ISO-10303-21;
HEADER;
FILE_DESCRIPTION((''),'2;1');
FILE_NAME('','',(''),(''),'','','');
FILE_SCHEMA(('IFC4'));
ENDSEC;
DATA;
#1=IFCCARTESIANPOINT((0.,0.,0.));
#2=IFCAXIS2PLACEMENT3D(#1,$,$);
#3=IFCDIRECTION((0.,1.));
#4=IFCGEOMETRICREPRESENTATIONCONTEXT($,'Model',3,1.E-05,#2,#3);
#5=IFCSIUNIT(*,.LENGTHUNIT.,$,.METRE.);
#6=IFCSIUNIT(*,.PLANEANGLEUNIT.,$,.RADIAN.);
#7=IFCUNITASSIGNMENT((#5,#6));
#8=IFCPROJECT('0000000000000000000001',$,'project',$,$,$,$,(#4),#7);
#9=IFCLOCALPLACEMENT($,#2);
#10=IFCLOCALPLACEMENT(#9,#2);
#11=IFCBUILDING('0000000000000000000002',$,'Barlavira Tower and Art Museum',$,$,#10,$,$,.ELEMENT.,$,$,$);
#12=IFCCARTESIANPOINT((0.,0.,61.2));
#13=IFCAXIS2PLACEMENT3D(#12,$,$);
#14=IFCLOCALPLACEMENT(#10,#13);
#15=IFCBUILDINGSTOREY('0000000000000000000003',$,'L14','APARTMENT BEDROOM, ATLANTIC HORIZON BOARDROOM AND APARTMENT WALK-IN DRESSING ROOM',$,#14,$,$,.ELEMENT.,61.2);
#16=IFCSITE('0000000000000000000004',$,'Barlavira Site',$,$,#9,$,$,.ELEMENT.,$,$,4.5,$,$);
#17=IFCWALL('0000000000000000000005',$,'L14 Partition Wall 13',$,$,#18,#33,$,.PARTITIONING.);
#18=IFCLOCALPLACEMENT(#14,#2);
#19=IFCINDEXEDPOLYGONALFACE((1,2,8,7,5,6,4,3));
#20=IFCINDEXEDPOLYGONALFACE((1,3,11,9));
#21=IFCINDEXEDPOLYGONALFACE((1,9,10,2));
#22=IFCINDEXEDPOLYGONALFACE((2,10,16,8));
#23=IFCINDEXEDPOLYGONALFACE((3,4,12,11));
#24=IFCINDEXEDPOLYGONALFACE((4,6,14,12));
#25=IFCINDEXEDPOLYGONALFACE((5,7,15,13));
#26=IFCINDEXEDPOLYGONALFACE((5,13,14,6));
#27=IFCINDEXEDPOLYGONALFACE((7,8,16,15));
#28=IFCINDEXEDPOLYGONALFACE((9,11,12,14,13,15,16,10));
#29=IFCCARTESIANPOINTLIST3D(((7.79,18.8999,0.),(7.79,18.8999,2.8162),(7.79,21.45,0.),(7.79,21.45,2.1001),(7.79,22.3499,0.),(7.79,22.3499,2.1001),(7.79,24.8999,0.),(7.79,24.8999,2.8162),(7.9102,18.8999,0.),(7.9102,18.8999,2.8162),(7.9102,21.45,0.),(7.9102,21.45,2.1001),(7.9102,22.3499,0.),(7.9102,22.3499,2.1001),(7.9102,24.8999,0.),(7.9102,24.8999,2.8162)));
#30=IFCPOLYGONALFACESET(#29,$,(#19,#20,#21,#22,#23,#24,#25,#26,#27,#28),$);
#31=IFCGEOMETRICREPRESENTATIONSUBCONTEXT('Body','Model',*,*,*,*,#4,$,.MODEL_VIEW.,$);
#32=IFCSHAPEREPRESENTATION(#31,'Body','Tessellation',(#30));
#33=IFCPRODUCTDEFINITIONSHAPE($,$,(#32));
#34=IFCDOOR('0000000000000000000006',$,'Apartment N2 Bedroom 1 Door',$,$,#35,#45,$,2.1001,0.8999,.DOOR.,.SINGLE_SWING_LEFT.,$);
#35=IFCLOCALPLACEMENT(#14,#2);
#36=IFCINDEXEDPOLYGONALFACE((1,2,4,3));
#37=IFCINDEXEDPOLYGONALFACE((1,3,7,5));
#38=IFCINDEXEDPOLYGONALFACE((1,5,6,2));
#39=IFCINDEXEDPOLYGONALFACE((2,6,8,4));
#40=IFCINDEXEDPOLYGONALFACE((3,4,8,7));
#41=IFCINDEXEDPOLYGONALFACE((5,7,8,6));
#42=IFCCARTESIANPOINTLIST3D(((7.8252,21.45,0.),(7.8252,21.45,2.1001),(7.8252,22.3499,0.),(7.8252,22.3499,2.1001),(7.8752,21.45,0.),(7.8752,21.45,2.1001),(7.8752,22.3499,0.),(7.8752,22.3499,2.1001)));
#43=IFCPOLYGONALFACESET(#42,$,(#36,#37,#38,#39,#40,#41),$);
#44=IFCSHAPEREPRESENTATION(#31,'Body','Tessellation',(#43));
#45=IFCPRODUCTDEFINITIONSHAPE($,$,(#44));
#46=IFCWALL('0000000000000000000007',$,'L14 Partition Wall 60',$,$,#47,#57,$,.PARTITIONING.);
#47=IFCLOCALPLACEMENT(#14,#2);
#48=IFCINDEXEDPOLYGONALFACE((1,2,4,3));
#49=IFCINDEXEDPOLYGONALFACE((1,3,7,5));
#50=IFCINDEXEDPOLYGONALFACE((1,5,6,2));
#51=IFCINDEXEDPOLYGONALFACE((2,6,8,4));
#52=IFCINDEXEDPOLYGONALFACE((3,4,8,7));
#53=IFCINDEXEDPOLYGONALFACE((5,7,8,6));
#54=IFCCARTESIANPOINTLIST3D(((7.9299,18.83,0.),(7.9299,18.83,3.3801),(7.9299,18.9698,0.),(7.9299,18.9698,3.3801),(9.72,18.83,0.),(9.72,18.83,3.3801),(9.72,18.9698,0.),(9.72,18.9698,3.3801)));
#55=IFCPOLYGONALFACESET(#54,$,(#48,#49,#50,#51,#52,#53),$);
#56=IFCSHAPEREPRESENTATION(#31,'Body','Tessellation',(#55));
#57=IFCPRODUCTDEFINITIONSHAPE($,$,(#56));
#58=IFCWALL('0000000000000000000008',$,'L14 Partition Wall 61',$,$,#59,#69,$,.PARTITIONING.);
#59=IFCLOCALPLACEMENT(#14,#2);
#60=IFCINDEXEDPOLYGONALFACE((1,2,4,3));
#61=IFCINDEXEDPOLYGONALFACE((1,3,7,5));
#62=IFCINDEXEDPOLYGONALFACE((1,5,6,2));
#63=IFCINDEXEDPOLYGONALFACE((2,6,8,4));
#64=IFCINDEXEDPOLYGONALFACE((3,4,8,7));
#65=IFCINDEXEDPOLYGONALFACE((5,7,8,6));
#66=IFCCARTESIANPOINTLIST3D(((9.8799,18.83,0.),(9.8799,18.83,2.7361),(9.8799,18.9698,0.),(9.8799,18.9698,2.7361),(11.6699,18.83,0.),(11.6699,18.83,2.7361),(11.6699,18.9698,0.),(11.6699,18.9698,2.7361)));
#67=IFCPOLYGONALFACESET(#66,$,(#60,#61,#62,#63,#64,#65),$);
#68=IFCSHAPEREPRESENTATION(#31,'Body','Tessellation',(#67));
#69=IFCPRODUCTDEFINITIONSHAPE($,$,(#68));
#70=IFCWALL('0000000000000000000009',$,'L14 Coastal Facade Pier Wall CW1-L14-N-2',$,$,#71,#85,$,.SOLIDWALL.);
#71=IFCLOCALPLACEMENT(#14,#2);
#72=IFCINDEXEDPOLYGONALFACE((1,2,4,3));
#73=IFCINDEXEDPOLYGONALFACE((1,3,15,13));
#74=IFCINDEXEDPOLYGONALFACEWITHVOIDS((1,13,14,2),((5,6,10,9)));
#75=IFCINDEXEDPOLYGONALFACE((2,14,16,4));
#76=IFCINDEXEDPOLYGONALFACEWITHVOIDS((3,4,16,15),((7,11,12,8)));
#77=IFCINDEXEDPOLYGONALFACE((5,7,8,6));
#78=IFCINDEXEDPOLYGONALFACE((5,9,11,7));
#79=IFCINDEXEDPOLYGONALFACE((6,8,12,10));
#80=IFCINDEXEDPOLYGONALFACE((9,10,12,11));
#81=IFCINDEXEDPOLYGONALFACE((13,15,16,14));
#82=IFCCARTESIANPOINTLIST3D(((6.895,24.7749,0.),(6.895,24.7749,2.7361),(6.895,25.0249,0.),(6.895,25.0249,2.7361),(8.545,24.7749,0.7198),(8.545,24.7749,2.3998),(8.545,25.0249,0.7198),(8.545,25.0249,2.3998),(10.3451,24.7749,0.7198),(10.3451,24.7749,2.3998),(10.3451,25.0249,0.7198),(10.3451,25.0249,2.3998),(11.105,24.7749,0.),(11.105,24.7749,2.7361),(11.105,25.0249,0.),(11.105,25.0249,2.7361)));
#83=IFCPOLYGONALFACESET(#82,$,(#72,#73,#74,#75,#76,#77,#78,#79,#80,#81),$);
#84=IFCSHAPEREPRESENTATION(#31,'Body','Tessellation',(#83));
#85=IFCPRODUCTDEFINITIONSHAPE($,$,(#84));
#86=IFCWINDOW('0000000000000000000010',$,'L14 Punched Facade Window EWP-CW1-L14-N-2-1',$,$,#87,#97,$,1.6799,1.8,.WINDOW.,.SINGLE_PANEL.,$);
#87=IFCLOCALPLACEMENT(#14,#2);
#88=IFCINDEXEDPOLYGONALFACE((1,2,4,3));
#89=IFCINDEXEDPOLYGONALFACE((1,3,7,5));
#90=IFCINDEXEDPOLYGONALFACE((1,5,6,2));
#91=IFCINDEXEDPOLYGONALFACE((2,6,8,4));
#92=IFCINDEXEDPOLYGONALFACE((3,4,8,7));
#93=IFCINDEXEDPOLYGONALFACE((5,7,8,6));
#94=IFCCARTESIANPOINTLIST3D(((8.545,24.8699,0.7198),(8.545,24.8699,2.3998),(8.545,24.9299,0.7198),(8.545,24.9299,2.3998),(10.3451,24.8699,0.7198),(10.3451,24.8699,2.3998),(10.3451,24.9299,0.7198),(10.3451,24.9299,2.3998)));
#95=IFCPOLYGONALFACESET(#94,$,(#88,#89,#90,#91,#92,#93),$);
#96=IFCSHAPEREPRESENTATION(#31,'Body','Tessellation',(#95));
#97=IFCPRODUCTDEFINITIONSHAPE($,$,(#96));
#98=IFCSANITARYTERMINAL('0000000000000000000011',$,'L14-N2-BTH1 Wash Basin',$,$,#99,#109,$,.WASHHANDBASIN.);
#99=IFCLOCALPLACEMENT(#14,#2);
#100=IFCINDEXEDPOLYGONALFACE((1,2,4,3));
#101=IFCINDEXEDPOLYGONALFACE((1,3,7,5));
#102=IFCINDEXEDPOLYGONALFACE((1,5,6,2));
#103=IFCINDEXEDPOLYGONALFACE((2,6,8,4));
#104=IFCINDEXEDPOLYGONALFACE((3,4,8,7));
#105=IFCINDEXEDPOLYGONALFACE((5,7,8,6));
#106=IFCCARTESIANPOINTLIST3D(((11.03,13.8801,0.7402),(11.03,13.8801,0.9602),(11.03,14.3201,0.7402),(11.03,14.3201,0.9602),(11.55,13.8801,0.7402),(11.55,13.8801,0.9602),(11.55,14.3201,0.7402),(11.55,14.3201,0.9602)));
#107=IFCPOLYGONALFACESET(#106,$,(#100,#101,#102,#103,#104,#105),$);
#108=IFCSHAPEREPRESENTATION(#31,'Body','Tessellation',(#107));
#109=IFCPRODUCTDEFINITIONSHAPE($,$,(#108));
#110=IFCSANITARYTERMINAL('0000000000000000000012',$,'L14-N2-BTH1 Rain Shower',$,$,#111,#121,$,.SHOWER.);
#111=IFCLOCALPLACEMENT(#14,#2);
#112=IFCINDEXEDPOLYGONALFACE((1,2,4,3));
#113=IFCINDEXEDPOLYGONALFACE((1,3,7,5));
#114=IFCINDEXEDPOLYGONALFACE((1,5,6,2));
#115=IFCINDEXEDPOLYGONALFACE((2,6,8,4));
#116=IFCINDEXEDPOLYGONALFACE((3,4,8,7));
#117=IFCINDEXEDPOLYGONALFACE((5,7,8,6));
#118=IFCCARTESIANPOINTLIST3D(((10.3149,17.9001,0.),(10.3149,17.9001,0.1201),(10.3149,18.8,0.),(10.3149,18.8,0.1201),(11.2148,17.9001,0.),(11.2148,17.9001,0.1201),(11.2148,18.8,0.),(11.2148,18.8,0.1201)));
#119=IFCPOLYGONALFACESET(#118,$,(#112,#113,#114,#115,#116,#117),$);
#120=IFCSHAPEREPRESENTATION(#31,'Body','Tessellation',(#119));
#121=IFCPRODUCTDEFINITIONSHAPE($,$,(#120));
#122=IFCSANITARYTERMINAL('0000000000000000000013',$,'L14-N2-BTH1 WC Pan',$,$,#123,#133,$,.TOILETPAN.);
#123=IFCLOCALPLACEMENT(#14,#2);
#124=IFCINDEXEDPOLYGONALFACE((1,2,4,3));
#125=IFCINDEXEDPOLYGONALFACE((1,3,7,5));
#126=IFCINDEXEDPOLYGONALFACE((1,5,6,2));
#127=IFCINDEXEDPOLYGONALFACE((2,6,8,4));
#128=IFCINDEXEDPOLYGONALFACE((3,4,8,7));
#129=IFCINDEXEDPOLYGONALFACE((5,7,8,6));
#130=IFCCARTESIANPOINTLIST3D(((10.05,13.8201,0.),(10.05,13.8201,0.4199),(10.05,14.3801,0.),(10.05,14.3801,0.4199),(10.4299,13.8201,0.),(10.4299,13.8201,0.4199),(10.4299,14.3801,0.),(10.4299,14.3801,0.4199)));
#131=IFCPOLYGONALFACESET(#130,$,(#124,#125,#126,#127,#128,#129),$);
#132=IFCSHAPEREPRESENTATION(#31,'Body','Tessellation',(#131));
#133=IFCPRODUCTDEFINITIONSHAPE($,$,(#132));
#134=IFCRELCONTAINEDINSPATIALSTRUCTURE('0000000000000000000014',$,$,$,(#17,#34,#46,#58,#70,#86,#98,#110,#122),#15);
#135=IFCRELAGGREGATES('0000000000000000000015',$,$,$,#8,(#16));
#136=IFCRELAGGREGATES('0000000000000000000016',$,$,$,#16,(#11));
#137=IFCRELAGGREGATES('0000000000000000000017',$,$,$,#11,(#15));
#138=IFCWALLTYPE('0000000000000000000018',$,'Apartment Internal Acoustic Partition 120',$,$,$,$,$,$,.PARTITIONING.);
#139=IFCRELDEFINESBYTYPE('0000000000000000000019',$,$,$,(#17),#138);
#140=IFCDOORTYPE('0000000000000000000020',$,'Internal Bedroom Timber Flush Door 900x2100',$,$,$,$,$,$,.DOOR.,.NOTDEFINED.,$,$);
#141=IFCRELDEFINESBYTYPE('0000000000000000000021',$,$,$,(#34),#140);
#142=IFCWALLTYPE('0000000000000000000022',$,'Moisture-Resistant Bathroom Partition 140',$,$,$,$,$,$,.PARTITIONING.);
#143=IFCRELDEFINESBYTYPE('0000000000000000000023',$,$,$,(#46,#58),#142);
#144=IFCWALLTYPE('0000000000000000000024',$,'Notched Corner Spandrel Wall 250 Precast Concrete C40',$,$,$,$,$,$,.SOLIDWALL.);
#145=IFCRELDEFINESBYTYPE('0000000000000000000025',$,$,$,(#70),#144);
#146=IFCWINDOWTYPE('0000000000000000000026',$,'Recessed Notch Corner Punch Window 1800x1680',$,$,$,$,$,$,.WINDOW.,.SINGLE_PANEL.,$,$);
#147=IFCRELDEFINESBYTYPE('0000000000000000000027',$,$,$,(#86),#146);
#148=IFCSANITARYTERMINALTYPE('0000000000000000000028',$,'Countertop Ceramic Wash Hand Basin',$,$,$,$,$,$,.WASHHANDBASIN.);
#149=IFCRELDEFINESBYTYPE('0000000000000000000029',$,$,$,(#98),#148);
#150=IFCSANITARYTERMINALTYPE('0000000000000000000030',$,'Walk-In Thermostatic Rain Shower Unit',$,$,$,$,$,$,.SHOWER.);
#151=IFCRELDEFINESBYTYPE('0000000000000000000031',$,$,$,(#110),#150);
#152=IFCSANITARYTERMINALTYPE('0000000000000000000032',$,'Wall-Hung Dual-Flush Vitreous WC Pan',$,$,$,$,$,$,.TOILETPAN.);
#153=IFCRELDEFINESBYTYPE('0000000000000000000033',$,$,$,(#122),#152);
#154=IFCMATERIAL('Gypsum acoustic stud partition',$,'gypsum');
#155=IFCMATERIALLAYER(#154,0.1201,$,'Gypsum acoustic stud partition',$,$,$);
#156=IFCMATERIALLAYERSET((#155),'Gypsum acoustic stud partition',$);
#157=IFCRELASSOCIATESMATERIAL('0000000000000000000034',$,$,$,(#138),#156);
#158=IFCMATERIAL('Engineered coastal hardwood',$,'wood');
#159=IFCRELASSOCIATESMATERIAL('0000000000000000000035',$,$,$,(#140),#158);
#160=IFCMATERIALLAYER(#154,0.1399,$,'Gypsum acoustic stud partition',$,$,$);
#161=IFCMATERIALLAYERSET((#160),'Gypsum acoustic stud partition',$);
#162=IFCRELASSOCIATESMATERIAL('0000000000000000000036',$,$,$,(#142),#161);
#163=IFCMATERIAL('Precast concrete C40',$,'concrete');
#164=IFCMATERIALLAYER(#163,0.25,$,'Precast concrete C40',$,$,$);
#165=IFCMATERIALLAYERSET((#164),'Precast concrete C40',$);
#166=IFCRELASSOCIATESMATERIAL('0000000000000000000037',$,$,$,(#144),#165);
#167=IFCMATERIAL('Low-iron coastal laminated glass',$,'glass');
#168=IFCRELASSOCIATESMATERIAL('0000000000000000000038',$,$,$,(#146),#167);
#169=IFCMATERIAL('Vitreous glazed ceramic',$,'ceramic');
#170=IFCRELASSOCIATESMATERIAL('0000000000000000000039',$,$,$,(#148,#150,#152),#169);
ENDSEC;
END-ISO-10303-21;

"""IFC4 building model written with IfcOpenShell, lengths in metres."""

from ifc_helpers import new_model, si_unit, direction, frame, frame_2d, origin, origin_2d, place, context, subcontext, project, spatial, rectangle, extrude, material, layer, layer_set, type_object, element, fill, save


model = new_model("IFC4")

# Units and contexts
model_context = context("Model", 3, precision=1e-05, world=origin(), true_north=direction((0.0, 1.0)))
body_context = subcontext(model_context, "Body", "Model", "MODEL_VIEW")
ifc_project = project(units=[si_unit("LENGTHUNIT", "METRE"), si_unit("PLANEANGLEUNIT", "RADIAN")], contexts=[model_context])

# Site, building, storey
site_placement = place(None, origin())
site = spatial("IfcSite", under=ifc_project, at=site_placement, Name="Barlavira Site", CompositionType="ELEMENT", RefElevation=4.5)
building_placement = place(site_placement, origin())
building = spatial("IfcBuilding", under=site, at=building_placement, Name="Barlavira Tower and Art Museum", CompositionType="ELEMENT")
storey_placement = place(building_placement, frame((0.0, 0.0, 61.2)))
storey = spatial("IfcBuildingStorey", under=building, at=storey_placement, Name="L14", Description="APARTMENT BEDROOM, ATLANTIC HORIZON BOARDROOM AND APARTMENT WALK-IN DRESSING ROOM", CompositionType="ELEMENT", Elevation=61.2)

# Wall, opening, door
ifc_material_1 = material(Name="Gypsum acoustic stud partition", Category="gypsum")
ifc_layer_1 = layer(ifc_material_1, 0.1201, Name="Gypsum acoustic stud partition")
ifc_layer_set_1 = layer_set([ifc_layer_1], Name="Gypsum acoustic stud partition")
wall_type_1 = type_object("IfcWallType", Name="Apartment Internal Acoustic Partition 120", PredefinedType="PARTITIONING", material=ifc_layer_set_1)
wall_1_placement = place(storey_placement, frame((7.8501, 18.8999, 0.0), z_axis=(0.0, 0.0, 1.0), x_axis=(0.0, 1.0, 0.0)))
wall_1 = element("IfcWall", 1, at=wall_1_placement, inside=storey, type_object=wall_type_1, Name="L14 Partition Wall 13", PredefinedType="PARTITIONING", context=body_context, shape_type="SweptSolid", body=[
    extrude(rectangle(XDim=6.0, YDim=0.1201, at=frame_2d((3.0, 0.0))), origin(), (0.0, 0.0, 1.0), 2.8162),
])
opening_1_placement = place(wall_1_placement, frame((2.55, 0.0, 0.0)))
opening_1 = element("IfcOpeningElement", 2, at=opening_1_placement, cuts=wall_1, PredefinedType="OPENING", context=body_context, shape_type="SweptSolid", body=[
    extrude(rectangle(XDim=0.8999, YDim=2.1001, at=frame_2d((0.45, 1.05))), frame((0.0, 0.0701, 0.0), z_axis=(0.0, -1.0, 0.0), x_axis=(1.0, 0.0, 0.0)), (0.0, 0.0, 1.0), 0.1401),
])
ifc_material_2 = material(Name="Engineered coastal hardwood", Category="wood")
door_type = type_object("IfcDoorType", Name="Internal Bedroom Timber Flush Door 900x2100", OperationType="NOTDEFINED", PredefinedType="DOOR", material=ifc_material_2)
door_placement = place(opening_1_placement, origin())
door = element("IfcDoor", 3, at=door_placement, inside=storey, type_object=door_type, Name="Apartment N2 Bedroom 1 Door", OperationType="SINGLE_SWING_LEFT", OverallHeight=2.1001, OverallWidth=0.8999, PredefinedType="DOOR", context=body_context, shape_type="SweptSolid", body=[
    extrude(rectangle(XDim=0.8999, YDim=2.1001, at=frame_2d((0.45, 1.05))), frame((0.0, 0.0249, 0.0), z_axis=(0.0, -1.0, 0.0), x_axis=(1.0, 0.0, 0.0)), (0.0, 0.0, 1.0), 0.05),
])
fill(opening_1, door)

# Walls
ifc_layer_2 = layer(ifc_material_1, 0.1399, Name="Gypsum acoustic stud partition")
ifc_layer_set_2 = layer_set([ifc_layer_2], Name="Gypsum acoustic stud partition")
wall_type_2 = type_object("IfcWallType", Name="Moisture-Resistant Bathroom Partition 140", PredefinedType="PARTITIONING", material=ifc_layer_set_2)
wall_2_placement = place(storey_placement, frame((7.9299, 18.8999, 0.0), z_axis=(0.0, 0.0, 1.0), x_axis=(1.0, 0.0, 0.0)))
element("IfcWall", 4, at=wall_2_placement, inside=storey, type_object=wall_type_2, Name="L14 Partition Wall 60", PredefinedType="PARTITIONING", context=body_context, shape_type="SweptSolid", body=[
    extrude(rectangle(XDim=1.79, YDim=0.1399, at=frame_2d((0.895, 0.0))), origin(), (0.0, 0.0, 1.0), 3.3801),
])
wall_3_placement = place(storey_placement, frame((9.8799, 18.8999, 0.0), z_axis=(0.0, 0.0, 1.0), x_axis=(1.0, 0.0, 0.0)))
element("IfcWall", 5, at=wall_3_placement, inside=storey, type_object=wall_type_2, Name="L14 Partition Wall 61", PredefinedType="PARTITIONING", context=body_context, shape_type="SweptSolid", body=[
    extrude(rectangle(XDim=1.79, YDim=0.1399, at=frame_2d((0.895, 0.0))), origin(), (0.0, 0.0, 1.0), 2.7361),
])

# Wall, opening, window
ifc_material_3 = material(Name="Precast concrete C40", Category="concrete")
ifc_layer_3 = layer(ifc_material_3, 0.25, Name="Precast concrete C40")
ifc_layer_set_3 = layer_set([ifc_layer_3], Name="Precast concrete C40")
wall_type_3 = type_object("IfcWallType", Name="Notched Corner Spandrel Wall 250 Precast Concrete C40", PredefinedType="SOLIDWALL", material=ifc_layer_set_3)
wall_4_placement = place(storey_placement, frame((11.105, 24.8999, 0.0), z_axis=(0.0, 0.0, 1.0), x_axis=(-1.0, 0.0, 0.0)))
wall_4 = element("IfcWall", 6, at=wall_4_placement, inside=storey, type_object=wall_type_3, Name="L14 Coastal Facade Pier Wall CW1-L14-N-2", PredefinedType="SOLIDWALL", context=body_context, shape_type="SweptSolid", body=[
    extrude(rectangle(XDim=4.21, YDim=0.25, at=frame_2d((2.105, 0.0))), origin(), (0.0, 0.0, 1.0), 2.7361),
])
opening_2_placement = place(wall_4_placement, frame((0.76, 0.0, 0.72)))
opening_2 = element("IfcOpeningElement", 7, at=opening_2_placement, cuts=wall_4, PredefinedType="OPENING", context=body_context, shape_type="SweptSolid", body=[
    extrude(rectangle(XDim=1.8, YDim=1.6799, at=frame_2d((0.8999, 0.8398))), frame((0.0, 0.135, 0.0), z_axis=(0.0, -1.0, 0.0), x_axis=(1.0, 0.0, 0.0)), (0.0, 0.0, 1.0), 0.27),
])
ifc_material_4 = material(Name="Low-iron coastal laminated glass", Category="glass")
window_type = type_object("IfcWindowType", Name="Recessed Notch Corner Punch Window 1800x1680", PartitioningType="SINGLE_PANEL", PredefinedType="WINDOW", material=ifc_material_4)
window_placement = place(opening_2_placement, origin())
window = element("IfcWindow", 8, at=window_placement, inside=storey, type_object=window_type, Name="L14 Punched Facade Window EWP-CW1-L14-N-2-1", OverallHeight=1.6799, OverallWidth=1.8, PartitioningType="SINGLE_PANEL", PredefinedType="WINDOW", context=body_context, shape_type="SweptSolid", body=[
    extrude(rectangle(XDim=1.8, YDim=1.6799, at=frame_2d((0.8999, 0.8398))), frame((0.0, 0.03, 0.0), z_axis=(0.0, -1.0, 0.0), x_axis=(1.0, 0.0, 0.0)), (0.0, 0.0, 1.0), 0.0601),
])
fill(opening_2, window)

# Sanitary terminals
ifc_material_5 = material(Name="Vitreous glazed ceramic", Category="ceramic")
sanitary_terminal_type_1 = type_object("IfcSanitaryTerminalType", Name="Countertop Ceramic Wash Hand Basin", PredefinedType="WASHHANDBASIN", material=ifc_material_5)
sanitary_terminal_1_placement = place(storey_placement, frame((11.29, 14.1001, 0.7402), z_axis=(0.0, 0.0, 1.0), x_axis=(1.0, 0.0, 0.0)))
element("IfcSanitaryTerminal", 9, at=sanitary_terminal_1_placement, inside=storey, type_object=sanitary_terminal_type_1, Name="L14-N2-BTH1 Wash Basin", PredefinedType="WASHHANDBASIN", context=body_context, shape_type="SweptSolid", body=[
    extrude(rectangle(XDim=0.52, YDim=0.4399, at=origin_2d()), origin(), (0.0, 0.0, 1.0), 0.22),
])
sanitary_terminal_type_2 = type_object("IfcSanitaryTerminalType", Name="Walk-In Thermostatic Rain Shower Unit", PredefinedType="SHOWER", material=ifc_material_5)
sanitary_terminal_2_placement = place(storey_placement, frame((10.7649, 18.3501, 0.0), z_axis=(0.0, 0.0, 1.0), x_axis=(1.0, 0.0, 0.0)))
element("IfcSanitaryTerminal", 10, at=sanitary_terminal_2_placement, inside=storey, type_object=sanitary_terminal_type_2, Name="L14-N2-BTH1 Rain Shower", PredefinedType="SHOWER", context=body_context, shape_type="SweptSolid", body=[
    extrude(rectangle(XDim=0.8999, YDim=0.8999, at=origin_2d()), origin(), (0.0, 0.0, 1.0), 0.1201),
])
sanitary_terminal_type_3 = type_object("IfcSanitaryTerminalType", Name="Wall-Hung Dual-Flush Vitreous WC Pan", PredefinedType="TOILETPAN", material=ifc_material_5)
sanitary_terminal_3_placement = place(storey_placement, frame((10.24, 14.1001, 0.0), z_axis=(0.0, 0.0, 1.0), x_axis=(1.0, 0.0, 0.0)))
element("IfcSanitaryTerminal", 11, at=sanitary_terminal_3_placement, inside=storey, type_object=sanitary_terminal_type_3, Name="L14-N2-BTH1 WC Pan", PredefinedType="TOILETPAN", context=body_context, shape_type="SweptSolid", body=[
    extrude(rectangle(XDim=0.3799, YDim=0.5601, at=origin_2d()), origin(), (0.0, 0.0, 1.0), 0.4199),
])

save(model, "model.ifc")
